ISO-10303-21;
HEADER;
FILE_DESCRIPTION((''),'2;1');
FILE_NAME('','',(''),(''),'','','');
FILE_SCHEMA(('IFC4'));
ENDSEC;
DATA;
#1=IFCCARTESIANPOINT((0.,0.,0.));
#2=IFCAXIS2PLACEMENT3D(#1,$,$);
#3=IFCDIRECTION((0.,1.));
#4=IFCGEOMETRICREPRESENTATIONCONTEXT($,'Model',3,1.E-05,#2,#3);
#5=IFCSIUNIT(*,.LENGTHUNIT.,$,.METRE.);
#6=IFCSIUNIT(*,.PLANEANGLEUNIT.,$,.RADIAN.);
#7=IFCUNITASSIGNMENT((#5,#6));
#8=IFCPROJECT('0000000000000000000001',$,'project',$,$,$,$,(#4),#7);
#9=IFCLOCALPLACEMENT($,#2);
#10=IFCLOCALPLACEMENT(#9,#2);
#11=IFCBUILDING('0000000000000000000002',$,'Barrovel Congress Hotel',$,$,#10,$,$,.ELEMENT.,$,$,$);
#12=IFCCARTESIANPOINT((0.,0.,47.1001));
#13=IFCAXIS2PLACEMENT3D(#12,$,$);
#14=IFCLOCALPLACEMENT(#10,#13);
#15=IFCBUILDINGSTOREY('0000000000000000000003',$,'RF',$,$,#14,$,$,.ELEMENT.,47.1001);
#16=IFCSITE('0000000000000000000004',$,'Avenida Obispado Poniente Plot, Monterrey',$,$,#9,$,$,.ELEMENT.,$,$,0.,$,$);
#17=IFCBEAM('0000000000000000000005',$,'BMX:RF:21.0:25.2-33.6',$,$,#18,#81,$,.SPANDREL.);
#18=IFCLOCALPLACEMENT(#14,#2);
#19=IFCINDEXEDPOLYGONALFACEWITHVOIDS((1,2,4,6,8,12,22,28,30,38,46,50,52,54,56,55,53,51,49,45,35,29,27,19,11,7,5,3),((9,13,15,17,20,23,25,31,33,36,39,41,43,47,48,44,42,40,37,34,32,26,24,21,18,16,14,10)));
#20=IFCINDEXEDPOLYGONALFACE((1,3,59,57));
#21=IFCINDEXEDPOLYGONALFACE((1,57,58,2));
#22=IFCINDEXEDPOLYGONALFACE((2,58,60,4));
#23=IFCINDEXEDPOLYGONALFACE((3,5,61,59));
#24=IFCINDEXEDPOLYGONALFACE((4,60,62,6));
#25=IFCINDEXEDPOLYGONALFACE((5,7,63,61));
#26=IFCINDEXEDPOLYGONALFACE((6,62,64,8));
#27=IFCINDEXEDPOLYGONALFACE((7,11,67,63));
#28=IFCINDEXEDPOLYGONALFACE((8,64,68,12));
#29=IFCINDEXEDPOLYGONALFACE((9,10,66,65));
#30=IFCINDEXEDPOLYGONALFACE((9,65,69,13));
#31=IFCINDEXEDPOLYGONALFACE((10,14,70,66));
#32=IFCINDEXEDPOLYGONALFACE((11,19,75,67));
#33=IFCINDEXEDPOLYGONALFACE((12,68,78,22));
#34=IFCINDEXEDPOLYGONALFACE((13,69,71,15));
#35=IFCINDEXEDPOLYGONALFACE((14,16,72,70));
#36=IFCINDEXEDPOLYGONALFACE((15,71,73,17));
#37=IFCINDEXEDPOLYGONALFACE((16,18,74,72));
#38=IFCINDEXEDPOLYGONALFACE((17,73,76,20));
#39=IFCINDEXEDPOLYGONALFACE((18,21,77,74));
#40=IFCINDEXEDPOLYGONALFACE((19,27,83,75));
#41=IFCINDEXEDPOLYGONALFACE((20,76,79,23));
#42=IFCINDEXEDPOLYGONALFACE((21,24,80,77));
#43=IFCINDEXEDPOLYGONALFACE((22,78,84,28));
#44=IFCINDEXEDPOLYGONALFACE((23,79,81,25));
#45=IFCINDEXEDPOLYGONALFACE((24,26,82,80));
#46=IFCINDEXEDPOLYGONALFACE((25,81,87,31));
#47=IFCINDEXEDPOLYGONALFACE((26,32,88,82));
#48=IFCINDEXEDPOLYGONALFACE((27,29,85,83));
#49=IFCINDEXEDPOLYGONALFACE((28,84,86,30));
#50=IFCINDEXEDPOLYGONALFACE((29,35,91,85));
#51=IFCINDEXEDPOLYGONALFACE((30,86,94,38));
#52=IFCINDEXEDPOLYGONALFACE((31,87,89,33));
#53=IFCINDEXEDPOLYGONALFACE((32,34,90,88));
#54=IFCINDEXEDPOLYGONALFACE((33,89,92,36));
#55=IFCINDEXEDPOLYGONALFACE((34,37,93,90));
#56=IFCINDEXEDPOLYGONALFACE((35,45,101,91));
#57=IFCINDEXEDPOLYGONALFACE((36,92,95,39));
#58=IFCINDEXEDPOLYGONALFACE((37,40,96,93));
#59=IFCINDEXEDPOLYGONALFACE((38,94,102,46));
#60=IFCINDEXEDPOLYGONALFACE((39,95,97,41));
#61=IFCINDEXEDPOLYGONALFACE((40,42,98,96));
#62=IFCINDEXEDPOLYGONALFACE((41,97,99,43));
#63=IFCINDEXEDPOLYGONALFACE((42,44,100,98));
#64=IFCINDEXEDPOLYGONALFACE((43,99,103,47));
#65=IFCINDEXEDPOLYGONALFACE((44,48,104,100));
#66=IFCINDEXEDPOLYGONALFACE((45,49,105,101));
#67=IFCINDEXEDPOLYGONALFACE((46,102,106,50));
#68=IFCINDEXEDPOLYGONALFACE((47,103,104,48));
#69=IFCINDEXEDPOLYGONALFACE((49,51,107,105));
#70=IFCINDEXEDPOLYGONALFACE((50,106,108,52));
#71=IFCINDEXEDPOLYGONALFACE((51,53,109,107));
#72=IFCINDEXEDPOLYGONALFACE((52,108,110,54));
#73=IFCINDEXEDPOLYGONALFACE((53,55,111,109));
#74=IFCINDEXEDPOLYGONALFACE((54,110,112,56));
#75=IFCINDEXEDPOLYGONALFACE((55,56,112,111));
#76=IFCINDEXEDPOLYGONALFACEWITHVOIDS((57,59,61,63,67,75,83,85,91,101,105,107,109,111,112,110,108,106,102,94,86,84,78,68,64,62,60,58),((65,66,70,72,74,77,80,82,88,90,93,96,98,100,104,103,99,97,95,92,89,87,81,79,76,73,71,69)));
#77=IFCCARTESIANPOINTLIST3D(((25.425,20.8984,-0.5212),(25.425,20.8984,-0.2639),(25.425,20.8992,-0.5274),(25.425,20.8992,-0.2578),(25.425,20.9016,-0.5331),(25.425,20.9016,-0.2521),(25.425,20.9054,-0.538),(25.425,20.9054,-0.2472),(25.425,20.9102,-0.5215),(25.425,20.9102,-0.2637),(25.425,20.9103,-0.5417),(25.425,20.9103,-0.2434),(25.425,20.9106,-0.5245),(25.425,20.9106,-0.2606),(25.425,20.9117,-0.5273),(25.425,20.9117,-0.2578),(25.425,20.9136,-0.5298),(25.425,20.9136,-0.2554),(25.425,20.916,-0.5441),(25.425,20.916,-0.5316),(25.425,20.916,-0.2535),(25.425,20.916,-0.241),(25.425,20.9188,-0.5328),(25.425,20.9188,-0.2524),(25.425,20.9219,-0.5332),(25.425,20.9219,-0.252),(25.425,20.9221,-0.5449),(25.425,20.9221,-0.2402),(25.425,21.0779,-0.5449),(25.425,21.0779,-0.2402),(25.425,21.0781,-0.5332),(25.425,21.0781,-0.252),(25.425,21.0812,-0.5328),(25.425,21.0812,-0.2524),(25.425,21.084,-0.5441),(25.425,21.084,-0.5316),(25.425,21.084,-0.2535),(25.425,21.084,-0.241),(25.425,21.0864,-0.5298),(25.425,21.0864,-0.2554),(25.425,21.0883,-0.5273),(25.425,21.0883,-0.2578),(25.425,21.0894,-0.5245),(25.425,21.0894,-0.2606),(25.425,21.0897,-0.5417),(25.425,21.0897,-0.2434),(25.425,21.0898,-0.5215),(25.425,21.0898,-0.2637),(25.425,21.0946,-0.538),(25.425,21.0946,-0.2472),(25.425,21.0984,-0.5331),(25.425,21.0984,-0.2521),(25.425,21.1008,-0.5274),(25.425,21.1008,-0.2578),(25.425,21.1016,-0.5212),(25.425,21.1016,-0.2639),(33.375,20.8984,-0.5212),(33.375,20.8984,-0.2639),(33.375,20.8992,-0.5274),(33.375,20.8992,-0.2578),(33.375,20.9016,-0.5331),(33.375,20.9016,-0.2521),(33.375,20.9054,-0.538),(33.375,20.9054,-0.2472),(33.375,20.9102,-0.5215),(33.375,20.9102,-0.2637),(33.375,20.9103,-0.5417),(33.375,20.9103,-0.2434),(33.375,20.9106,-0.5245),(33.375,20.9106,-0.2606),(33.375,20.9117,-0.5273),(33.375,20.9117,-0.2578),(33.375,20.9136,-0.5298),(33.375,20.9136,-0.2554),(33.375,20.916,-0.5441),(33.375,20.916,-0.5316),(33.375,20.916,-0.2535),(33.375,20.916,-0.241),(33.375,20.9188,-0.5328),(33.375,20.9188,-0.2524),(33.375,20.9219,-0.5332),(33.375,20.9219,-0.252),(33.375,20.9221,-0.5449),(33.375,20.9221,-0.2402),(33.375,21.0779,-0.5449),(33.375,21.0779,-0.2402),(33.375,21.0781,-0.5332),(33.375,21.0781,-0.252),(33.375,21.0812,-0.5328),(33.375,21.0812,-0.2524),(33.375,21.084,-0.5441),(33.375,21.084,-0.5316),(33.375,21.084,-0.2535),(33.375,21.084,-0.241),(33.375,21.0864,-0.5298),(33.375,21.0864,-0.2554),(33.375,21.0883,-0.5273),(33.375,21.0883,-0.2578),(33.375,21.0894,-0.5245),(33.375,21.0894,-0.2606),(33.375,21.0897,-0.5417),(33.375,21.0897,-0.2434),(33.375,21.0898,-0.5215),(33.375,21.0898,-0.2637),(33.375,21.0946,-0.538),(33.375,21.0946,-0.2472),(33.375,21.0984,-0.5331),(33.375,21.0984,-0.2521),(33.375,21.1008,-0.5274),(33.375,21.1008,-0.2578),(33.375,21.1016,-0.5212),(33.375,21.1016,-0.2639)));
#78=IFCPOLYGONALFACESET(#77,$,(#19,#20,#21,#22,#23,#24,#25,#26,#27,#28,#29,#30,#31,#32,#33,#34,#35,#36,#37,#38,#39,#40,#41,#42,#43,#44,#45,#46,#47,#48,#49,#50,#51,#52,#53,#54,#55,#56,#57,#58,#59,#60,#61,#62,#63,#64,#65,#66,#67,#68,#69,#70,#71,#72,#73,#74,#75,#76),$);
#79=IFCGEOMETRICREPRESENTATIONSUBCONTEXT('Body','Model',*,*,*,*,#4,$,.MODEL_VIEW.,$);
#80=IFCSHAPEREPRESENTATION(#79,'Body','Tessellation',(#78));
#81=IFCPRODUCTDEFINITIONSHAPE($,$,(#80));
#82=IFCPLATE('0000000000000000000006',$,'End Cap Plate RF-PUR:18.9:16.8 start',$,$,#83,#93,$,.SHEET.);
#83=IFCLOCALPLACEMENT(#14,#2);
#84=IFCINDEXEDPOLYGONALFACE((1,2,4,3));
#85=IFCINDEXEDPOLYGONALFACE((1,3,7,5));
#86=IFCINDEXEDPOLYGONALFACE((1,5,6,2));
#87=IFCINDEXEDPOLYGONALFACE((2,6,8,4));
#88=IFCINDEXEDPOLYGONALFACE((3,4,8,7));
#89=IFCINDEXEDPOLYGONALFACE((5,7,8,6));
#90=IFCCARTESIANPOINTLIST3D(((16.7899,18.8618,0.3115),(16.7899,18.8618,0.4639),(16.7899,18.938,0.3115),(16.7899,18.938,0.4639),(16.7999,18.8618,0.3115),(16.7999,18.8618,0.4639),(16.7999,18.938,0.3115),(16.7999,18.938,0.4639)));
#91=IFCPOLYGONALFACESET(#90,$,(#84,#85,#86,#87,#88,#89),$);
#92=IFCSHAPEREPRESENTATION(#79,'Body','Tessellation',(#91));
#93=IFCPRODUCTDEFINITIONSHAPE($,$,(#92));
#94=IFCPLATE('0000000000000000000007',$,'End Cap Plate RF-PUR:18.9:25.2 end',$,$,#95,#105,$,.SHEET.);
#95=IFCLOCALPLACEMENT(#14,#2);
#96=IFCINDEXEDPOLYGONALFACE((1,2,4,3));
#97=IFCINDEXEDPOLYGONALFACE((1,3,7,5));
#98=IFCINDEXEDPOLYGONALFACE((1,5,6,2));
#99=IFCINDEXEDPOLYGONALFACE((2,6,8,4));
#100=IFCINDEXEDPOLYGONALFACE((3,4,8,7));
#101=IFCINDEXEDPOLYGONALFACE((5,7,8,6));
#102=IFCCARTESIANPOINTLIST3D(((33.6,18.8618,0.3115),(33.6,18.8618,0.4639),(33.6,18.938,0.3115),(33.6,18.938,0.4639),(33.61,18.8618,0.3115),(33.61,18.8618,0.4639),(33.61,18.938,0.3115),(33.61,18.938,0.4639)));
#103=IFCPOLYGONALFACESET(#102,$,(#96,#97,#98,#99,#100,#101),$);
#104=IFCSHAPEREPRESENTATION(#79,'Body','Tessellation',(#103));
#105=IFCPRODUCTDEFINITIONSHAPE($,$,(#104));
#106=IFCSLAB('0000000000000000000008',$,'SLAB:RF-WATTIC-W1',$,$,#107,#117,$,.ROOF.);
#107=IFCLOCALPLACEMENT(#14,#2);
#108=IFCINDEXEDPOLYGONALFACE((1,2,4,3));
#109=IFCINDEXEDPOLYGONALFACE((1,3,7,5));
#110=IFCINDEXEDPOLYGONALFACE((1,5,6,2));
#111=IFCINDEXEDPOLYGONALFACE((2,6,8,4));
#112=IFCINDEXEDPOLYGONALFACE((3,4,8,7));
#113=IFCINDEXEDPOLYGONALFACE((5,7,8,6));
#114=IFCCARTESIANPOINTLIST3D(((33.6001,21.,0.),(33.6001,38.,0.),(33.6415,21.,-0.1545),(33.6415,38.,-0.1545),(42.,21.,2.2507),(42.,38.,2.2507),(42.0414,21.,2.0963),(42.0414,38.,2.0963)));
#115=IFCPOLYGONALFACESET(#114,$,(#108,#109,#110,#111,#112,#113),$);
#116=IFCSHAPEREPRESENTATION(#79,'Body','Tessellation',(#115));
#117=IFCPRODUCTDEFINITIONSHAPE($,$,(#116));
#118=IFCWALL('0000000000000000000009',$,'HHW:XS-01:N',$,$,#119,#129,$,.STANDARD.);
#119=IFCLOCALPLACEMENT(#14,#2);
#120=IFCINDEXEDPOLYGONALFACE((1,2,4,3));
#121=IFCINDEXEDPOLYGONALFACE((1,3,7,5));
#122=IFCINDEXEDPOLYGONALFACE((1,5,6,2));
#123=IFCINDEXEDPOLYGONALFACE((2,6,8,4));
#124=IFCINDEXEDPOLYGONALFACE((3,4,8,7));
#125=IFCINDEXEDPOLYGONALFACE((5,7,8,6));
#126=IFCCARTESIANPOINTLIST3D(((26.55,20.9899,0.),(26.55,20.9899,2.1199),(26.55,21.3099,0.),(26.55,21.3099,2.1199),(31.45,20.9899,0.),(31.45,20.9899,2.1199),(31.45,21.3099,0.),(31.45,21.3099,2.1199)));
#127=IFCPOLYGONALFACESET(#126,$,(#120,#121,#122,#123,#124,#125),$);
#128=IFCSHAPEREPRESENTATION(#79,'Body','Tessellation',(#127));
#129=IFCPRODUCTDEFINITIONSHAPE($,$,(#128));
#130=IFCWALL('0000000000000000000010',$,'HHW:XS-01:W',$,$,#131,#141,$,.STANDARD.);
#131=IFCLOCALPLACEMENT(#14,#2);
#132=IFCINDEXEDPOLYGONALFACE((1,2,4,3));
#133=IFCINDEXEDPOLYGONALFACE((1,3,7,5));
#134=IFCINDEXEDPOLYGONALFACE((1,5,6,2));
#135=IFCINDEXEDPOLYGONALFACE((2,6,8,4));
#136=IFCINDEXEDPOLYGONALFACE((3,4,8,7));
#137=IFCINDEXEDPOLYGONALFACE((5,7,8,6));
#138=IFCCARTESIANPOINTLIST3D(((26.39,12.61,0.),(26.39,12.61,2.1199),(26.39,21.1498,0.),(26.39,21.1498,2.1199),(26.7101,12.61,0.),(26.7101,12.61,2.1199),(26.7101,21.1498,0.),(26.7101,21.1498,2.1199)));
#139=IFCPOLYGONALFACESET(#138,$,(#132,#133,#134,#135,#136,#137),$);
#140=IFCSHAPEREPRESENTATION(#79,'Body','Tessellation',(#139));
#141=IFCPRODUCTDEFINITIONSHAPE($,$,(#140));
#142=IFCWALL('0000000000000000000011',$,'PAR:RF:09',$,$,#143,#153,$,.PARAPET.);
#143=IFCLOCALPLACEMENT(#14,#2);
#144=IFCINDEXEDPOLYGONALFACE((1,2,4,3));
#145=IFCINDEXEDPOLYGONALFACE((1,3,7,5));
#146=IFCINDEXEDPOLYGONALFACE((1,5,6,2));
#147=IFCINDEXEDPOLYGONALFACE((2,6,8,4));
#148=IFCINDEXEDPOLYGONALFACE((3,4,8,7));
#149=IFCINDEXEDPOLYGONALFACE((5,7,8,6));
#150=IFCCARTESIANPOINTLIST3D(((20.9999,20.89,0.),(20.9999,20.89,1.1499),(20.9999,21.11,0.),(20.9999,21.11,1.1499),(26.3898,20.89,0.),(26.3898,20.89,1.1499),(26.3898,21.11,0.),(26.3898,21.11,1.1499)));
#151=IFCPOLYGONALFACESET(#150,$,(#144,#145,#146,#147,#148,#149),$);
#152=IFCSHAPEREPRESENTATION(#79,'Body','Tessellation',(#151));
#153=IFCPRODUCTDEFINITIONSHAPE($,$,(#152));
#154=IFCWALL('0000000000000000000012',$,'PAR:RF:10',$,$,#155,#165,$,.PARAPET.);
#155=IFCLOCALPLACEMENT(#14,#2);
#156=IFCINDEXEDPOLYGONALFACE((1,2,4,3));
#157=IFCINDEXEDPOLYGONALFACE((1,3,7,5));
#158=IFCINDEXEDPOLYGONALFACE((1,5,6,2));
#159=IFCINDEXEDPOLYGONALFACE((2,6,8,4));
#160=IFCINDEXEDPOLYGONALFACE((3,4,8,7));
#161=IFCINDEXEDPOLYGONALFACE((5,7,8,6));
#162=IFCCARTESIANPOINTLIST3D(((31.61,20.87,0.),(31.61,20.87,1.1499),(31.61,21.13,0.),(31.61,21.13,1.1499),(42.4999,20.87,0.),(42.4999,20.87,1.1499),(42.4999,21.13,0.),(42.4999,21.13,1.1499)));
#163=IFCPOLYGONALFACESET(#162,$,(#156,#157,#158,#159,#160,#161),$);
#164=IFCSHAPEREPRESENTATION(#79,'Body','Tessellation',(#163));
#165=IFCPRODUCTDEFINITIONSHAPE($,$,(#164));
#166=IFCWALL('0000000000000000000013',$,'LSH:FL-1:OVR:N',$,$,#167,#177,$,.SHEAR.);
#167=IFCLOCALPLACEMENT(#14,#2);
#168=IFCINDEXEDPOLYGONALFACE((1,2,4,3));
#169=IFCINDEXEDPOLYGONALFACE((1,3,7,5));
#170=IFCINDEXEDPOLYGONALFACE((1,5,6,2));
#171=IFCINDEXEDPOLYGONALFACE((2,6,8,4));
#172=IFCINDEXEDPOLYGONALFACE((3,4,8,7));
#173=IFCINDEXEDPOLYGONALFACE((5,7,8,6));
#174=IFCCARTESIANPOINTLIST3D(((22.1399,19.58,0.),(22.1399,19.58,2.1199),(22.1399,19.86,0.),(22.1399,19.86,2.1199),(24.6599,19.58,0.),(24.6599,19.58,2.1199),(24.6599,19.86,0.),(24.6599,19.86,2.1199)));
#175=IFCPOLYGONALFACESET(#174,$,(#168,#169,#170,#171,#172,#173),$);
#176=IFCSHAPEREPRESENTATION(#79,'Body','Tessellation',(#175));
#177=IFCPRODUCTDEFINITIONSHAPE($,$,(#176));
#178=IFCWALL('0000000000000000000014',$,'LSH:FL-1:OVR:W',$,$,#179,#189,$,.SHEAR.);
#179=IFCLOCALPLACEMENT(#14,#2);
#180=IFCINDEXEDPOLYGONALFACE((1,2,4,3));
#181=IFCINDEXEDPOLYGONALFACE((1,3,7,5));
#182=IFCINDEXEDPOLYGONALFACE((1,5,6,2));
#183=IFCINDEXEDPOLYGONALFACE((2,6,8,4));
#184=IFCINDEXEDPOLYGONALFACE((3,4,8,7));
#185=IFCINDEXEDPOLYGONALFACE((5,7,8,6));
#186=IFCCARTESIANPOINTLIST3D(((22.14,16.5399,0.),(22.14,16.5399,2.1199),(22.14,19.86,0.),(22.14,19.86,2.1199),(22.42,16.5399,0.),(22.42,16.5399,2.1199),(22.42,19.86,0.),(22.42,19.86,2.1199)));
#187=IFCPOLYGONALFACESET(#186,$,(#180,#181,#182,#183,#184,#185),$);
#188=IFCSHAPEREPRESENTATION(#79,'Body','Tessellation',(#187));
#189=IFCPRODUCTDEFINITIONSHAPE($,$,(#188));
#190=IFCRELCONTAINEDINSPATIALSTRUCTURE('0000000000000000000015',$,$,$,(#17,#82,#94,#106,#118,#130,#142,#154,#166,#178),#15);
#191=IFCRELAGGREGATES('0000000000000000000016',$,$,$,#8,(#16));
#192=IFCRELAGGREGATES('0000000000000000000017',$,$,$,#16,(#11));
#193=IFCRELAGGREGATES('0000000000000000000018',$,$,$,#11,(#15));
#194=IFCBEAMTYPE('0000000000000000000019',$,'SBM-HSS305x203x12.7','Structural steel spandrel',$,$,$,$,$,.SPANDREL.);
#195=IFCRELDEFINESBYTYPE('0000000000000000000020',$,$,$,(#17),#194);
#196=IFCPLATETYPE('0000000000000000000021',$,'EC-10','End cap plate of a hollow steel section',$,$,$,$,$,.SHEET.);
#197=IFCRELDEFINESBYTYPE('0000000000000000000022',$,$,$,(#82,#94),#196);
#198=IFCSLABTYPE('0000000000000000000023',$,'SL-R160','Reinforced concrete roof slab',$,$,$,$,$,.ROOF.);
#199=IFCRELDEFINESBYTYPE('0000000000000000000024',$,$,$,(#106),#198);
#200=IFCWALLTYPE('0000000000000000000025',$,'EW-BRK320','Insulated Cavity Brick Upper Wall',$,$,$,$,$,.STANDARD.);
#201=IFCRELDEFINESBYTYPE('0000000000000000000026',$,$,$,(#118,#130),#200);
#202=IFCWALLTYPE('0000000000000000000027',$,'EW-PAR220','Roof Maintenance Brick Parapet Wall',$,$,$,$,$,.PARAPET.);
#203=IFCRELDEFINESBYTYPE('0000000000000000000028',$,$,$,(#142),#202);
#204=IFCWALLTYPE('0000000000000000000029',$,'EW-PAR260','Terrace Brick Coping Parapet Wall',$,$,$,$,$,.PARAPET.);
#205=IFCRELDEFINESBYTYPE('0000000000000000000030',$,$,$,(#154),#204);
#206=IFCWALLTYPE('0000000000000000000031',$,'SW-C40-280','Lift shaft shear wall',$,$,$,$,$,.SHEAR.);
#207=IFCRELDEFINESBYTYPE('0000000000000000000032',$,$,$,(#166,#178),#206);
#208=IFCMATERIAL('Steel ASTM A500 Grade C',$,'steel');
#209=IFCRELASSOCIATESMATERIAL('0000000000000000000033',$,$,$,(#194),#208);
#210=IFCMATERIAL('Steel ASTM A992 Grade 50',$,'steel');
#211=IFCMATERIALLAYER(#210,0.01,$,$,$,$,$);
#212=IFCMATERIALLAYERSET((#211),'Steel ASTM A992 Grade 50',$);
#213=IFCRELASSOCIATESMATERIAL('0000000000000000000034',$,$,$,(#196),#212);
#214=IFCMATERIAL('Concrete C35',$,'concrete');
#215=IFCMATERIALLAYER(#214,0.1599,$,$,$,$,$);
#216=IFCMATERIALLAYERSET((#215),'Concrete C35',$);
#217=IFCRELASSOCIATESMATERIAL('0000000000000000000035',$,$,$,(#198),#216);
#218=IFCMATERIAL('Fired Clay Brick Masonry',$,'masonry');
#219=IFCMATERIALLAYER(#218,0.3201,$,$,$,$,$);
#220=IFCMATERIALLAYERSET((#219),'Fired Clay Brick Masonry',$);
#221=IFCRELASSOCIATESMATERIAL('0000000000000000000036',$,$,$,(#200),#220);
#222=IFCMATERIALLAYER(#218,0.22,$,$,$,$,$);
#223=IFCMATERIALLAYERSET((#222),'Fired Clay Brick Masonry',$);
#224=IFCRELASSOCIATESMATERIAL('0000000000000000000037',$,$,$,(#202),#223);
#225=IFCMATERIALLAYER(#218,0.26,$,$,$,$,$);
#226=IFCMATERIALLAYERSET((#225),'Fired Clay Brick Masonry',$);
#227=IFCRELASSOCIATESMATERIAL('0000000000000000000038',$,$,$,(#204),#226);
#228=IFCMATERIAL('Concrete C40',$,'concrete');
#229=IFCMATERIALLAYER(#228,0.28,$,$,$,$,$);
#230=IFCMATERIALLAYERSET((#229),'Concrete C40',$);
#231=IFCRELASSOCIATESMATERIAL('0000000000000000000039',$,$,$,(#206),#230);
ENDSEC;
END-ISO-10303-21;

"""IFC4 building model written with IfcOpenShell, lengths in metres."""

from ifc_helpers import new_model, si_unit, direction, frame, frame_2d, origin, origin_2d, place, context, subcontext, project, spatial, polyline, rectangle, hollow_rectangle, outline, extrude, material, layer, layer_set, material_profile, profile_set, type_object, element, save


model = new_model("IFC4")

# Units and contexts
model_context = context("Model", 3, precision=1e-05, world=origin(), true_north=direction((0.0, 1.0)))
body_context = subcontext(model_context, "Body", "Model", "MODEL_VIEW")
ifc_project = project(units=[si_unit("LENGTHUNIT", "METRE"), si_unit("PLANEANGLEUNIT", "RADIAN")], contexts=[model_context])

# Site, building, storey
site_placement = place(None, origin())
site = spatial("IfcSite", under=ifc_project, at=site_placement, Name="Avenida Obispado Poniente Plot, Monterrey", CompositionType="ELEMENT", RefElevation=0.0)
building_placement = place(site_placement, origin())
building = spatial("IfcBuilding", under=site, at=building_placement, Name="Barrovel Congress Hotel", CompositionType="ELEMENT")
storey_placement = place(building_placement, frame((0.0, 0.0, 47.1001)))
storey = spatial("IfcBuildingStorey", under=building, at=storey_placement, Name="RF", CompositionType="ELEMENT", Elevation=47.1001)

# Shared definitions
ifc_material_1 = material(Name="Concrete C40", Category="concrete")

# Shared definitions
ifc_material_2 = material(Name="Steel ASTM A500 Grade C", Category="steel")
ifc_material_3 = material(Name="Steel ASTM A992 Grade 50", Category="steel")

# Beam
ifc_material_profile_1 = material_profile(ifc_material_2, hollow_rectangle(XDim=0.2031, YDim=0.3047, WallThickness=0.0117, InnerFilletRadius=0.0117, OuterFilletRadius=0.0237, at=origin_2d()), Name="HSS305x203x12.7")
ifc_profile_set_1 = profile_set([ifc_material_profile_1], Name="Steel ASTM A500 Grade C")
beam_type_1 = type_object("IfcBeamType", Name="SBM-HSS305x203x12.7", Description="Structural steel spandrel", PredefinedType="SPANDREL", material=ifc_profile_set_1)
beam_1_placement = place(storey_placement, frame((25.425, 21.0, -0.3926), z_axis=(1.0, 0.0, 0.0), x_axis=(0.0, 1.0, 0.0)))
element("IfcBeam", 1, at=beam_1_placement, inside=storey, type_object=beam_type_1, Name="BMX:RF:21.0:25.2-33.6", PredefinedType="SPANDREL", context=body_context, shape_type="SweptSolid", body=[
    extrude(hollow_rectangle(XDim=0.2031, YDim=0.3047, WallThickness=0.0117, InnerFilletRadius=0.0117, OuterFilletRadius=0.0237, at=origin_2d()), origin(), (0.0, 0.0, 1.0), 7.95),
])

# Plates
ifc_layer_1 = layer(ifc_material_3, 0.01)
ifc_layer_set_1 = layer_set([ifc_layer_1], Name="Steel ASTM A992 Grade 50")
plate_type = type_object("IfcPlateType", Name="EC-10", Description="End cap plate of a hollow steel section", PredefinedType="SHEET", material=ifc_layer_set_1)
for number, where, z_axis, x_axis, name in (
    (2, (16.7949, 18.8999, 0.3115), (0.0, 0.0, 1.0), (-1.0, 0.0, 0.0), "End Cap Plate RF-PUR:18.9:16.8 start"),
    (3, (33.605, 18.8999, 0.3115), (0.0, 0.0, 1.0), (1.0, 0.0, 0.0), "End Cap Plate RF-PUR:18.9:25.2 end"),
):
    element("IfcPlate", number, at=place(storey_placement, frame(where, z_axis=z_axis, x_axis=x_axis)), inside=storey, type_object=plate_type, Name=name, PredefinedType="SHEET", context=body_context, shape_type="SweptSolid", body=[
        extrude(rectangle(XDim=0.01, YDim=0.0762, at=origin_2d()), origin(), (0.0, 0.0, 1.0), 0.1523),
    ])

# Slab
ifc_material_4 = material(Name="Concrete C35", Category="concrete")
ifc_layer_2 = layer(ifc_material_4, 0.1599)
ifc_layer_set_2 = layer_set([ifc_layer_2], Name="Concrete C35")
slab_type = type_object("IfcSlabType", Name="SL-R160", Description="Reinforced concrete roof slab", PredefinedType="ROOF", material=ifc_layer_set_2)
slab_placement = place(storey_placement, frame((33.6001, 21.0, 0.0), z_axis=(-0.258817, 0.0, 0.965926), x_axis=(0.965926, 0.0, 0.258817)))
element("IfcSlab", 4, at=slab_placement, inside=storey, type_object=slab_type, Name="SLAB:RF-WATTIC-W1", PredefinedType="ROOF", context=body_context, shape_type="SweptSolid", body=[
    extrude(outline(polyline([(0.0, 0.0), (8.6962, 0.0), (8.6962, 17.0), (0.0, 17.0), (0.0, 0.0)])), origin(), (0.0, 0.0, -1.0), 0.1599),
])

# Walls
ifc_material_5 = material(Name="Fired Clay Brick Masonry", Category="masonry")
ifc_layer_3 = layer(ifc_material_5, 0.3201)
ifc_layer_set_3 = layer_set([ifc_layer_3], Name="Fired Clay Brick Masonry")
wall_type_1 = type_object("IfcWallType", Name="EW-BRK320", Description="Insulated Cavity Brick Upper Wall", PredefinedType="STANDARD", material=ifc_layer_set_3)
wall_1_placement = place(storey_placement, frame((31.45, 21.1499, 0.0), z_axis=(0.0, 0.0, 1.0), x_axis=(-1.0, 0.0, 0.0)))
element("IfcWall", 5, at=wall_1_placement, inside=storey, type_object=wall_type_1, Name="HHW:XS-01:N", PredefinedType="STANDARD", context=body_context, shape_type="SweptSolid", body=[
    extrude(rectangle(XDim=4.8999, YDim=0.3201, at=frame_2d((2.45, 0.0))), origin(), (0.0, 0.0, 1.0), 2.1199),
])
wall_2_placement = place(storey_placement, frame((26.55, 21.1499, 0.0), z_axis=(0.0, 0.0, 1.0), x_axis=(0.0, -1.0, 0.0)))
element("IfcWall", 6, at=wall_2_placement, inside=storey, type_object=wall_type_1, Name="HHW:XS-01:W", PredefinedType="STANDARD", context=body_context, shape_type="SweptSolid", body=[
    extrude(rectangle(XDim=8.5398, YDim=0.3201, at=frame_2d((4.27, 0.0))), origin(), (0.0, 0.0, 1.0), 2.1199),
])
ifc_layer_4 = layer(ifc_material_5, 0.22)
ifc_layer_set_4 = layer_set([ifc_layer_4], Name="Fired Clay Brick Masonry")
wall_type_2 = type_object("IfcWallType", Name="EW-PAR220", Description="Roof Maintenance Brick Parapet Wall", PredefinedType="PARAPET", material=ifc_layer_set_4)
wall_3_placement = place(storey_placement, frame((21.0, 21.0, 0.0), z_axis=(0.0, 0.0, 1.0), x_axis=(1.0, 0.0, 0.0)))
element("IfcWall", 7, at=wall_3_placement, inside=storey, type_object=wall_type_2, Name="PAR:RF:09", PredefinedType="PARAPET", context=body_context, shape_type="SweptSolid", body=[
    extrude(rectangle(XDim=5.3899, YDim=0.22, at=frame_2d((2.6948, 0.0))), origin(), (0.0, 0.0, 1.0), 1.1499),
])
ifc_layer_5 = layer(ifc_material_5, 0.26)
ifc_layer_set_5 = layer_set([ifc_layer_5], Name="Fired Clay Brick Masonry")
wall_type_3 = type_object("IfcWallType", Name="EW-PAR260", Description="Terrace Brick Coping Parapet Wall", PredefinedType="PARAPET", material=ifc_layer_set_5)
wall_4_placement = place(storey_placement, frame((31.6101, 21.0, 0.0), z_axis=(0.0, 0.0, 1.0), x_axis=(1.0, 0.0, 0.0)))
element("IfcWall", 8, at=wall_4_placement, inside=storey, type_object=wall_type_3, Name="PAR:RF:10", PredefinedType="PARAPET", context=body_context, shape_type="SweptSolid", body=[
    extrude(rectangle(XDim=10.8899, YDim=0.26, at=frame_2d((5.4448, 0.0))), origin(), (0.0, 0.0, 1.0), 1.1499),
])
ifc_layer_6 = layer(ifc_material_1, 0.28)
ifc_layer_set_6 = layer_set([ifc_layer_6], Name="Concrete C40")
wall_type_4 = type_object("IfcWallType", Name="SW-C40-280", Description="Lift shaft shear wall", PredefinedType="SHEAR", material=ifc_layer_set_6)
wall_5_placement = place(storey_placement, frame((24.6599, 19.72, 0.0), z_axis=(0.0, 0.0, 1.0), x_axis=(-1.0, 0.0, 0.0)))
element("IfcWall", 9, at=wall_5_placement, inside=storey, type_object=wall_type_4, Name="LSH:FL-1:OVR:N", PredefinedType="SHEAR", context=body_context, shape_type="SweptSolid", body=[
    extrude(rectangle(XDim=2.52, YDim=0.28, at=frame_2d((1.26, 0.0))), origin(), (0.0, 0.0, 1.0), 2.1199),
])
wall_6_placement = place(storey_placement, frame((22.28, 19.8601, 0.0), z_axis=(0.0, 0.0, 1.0), x_axis=(0.0, -1.0, 0.0)))
element("IfcWall", 10, at=wall_6_placement, inside=storey, type_object=wall_type_4, Name="LSH:FL-1:OVR:W", PredefinedType="SHEAR", context=body_context, shape_type="SweptSolid", body=[
    extrude(rectangle(XDim=3.3201, YDim=0.28, at=frame_2d((1.6602, 0.0))), origin(), (0.0, 0.0, 1.0), 2.1199),
])

save(model, "model.ifc")
